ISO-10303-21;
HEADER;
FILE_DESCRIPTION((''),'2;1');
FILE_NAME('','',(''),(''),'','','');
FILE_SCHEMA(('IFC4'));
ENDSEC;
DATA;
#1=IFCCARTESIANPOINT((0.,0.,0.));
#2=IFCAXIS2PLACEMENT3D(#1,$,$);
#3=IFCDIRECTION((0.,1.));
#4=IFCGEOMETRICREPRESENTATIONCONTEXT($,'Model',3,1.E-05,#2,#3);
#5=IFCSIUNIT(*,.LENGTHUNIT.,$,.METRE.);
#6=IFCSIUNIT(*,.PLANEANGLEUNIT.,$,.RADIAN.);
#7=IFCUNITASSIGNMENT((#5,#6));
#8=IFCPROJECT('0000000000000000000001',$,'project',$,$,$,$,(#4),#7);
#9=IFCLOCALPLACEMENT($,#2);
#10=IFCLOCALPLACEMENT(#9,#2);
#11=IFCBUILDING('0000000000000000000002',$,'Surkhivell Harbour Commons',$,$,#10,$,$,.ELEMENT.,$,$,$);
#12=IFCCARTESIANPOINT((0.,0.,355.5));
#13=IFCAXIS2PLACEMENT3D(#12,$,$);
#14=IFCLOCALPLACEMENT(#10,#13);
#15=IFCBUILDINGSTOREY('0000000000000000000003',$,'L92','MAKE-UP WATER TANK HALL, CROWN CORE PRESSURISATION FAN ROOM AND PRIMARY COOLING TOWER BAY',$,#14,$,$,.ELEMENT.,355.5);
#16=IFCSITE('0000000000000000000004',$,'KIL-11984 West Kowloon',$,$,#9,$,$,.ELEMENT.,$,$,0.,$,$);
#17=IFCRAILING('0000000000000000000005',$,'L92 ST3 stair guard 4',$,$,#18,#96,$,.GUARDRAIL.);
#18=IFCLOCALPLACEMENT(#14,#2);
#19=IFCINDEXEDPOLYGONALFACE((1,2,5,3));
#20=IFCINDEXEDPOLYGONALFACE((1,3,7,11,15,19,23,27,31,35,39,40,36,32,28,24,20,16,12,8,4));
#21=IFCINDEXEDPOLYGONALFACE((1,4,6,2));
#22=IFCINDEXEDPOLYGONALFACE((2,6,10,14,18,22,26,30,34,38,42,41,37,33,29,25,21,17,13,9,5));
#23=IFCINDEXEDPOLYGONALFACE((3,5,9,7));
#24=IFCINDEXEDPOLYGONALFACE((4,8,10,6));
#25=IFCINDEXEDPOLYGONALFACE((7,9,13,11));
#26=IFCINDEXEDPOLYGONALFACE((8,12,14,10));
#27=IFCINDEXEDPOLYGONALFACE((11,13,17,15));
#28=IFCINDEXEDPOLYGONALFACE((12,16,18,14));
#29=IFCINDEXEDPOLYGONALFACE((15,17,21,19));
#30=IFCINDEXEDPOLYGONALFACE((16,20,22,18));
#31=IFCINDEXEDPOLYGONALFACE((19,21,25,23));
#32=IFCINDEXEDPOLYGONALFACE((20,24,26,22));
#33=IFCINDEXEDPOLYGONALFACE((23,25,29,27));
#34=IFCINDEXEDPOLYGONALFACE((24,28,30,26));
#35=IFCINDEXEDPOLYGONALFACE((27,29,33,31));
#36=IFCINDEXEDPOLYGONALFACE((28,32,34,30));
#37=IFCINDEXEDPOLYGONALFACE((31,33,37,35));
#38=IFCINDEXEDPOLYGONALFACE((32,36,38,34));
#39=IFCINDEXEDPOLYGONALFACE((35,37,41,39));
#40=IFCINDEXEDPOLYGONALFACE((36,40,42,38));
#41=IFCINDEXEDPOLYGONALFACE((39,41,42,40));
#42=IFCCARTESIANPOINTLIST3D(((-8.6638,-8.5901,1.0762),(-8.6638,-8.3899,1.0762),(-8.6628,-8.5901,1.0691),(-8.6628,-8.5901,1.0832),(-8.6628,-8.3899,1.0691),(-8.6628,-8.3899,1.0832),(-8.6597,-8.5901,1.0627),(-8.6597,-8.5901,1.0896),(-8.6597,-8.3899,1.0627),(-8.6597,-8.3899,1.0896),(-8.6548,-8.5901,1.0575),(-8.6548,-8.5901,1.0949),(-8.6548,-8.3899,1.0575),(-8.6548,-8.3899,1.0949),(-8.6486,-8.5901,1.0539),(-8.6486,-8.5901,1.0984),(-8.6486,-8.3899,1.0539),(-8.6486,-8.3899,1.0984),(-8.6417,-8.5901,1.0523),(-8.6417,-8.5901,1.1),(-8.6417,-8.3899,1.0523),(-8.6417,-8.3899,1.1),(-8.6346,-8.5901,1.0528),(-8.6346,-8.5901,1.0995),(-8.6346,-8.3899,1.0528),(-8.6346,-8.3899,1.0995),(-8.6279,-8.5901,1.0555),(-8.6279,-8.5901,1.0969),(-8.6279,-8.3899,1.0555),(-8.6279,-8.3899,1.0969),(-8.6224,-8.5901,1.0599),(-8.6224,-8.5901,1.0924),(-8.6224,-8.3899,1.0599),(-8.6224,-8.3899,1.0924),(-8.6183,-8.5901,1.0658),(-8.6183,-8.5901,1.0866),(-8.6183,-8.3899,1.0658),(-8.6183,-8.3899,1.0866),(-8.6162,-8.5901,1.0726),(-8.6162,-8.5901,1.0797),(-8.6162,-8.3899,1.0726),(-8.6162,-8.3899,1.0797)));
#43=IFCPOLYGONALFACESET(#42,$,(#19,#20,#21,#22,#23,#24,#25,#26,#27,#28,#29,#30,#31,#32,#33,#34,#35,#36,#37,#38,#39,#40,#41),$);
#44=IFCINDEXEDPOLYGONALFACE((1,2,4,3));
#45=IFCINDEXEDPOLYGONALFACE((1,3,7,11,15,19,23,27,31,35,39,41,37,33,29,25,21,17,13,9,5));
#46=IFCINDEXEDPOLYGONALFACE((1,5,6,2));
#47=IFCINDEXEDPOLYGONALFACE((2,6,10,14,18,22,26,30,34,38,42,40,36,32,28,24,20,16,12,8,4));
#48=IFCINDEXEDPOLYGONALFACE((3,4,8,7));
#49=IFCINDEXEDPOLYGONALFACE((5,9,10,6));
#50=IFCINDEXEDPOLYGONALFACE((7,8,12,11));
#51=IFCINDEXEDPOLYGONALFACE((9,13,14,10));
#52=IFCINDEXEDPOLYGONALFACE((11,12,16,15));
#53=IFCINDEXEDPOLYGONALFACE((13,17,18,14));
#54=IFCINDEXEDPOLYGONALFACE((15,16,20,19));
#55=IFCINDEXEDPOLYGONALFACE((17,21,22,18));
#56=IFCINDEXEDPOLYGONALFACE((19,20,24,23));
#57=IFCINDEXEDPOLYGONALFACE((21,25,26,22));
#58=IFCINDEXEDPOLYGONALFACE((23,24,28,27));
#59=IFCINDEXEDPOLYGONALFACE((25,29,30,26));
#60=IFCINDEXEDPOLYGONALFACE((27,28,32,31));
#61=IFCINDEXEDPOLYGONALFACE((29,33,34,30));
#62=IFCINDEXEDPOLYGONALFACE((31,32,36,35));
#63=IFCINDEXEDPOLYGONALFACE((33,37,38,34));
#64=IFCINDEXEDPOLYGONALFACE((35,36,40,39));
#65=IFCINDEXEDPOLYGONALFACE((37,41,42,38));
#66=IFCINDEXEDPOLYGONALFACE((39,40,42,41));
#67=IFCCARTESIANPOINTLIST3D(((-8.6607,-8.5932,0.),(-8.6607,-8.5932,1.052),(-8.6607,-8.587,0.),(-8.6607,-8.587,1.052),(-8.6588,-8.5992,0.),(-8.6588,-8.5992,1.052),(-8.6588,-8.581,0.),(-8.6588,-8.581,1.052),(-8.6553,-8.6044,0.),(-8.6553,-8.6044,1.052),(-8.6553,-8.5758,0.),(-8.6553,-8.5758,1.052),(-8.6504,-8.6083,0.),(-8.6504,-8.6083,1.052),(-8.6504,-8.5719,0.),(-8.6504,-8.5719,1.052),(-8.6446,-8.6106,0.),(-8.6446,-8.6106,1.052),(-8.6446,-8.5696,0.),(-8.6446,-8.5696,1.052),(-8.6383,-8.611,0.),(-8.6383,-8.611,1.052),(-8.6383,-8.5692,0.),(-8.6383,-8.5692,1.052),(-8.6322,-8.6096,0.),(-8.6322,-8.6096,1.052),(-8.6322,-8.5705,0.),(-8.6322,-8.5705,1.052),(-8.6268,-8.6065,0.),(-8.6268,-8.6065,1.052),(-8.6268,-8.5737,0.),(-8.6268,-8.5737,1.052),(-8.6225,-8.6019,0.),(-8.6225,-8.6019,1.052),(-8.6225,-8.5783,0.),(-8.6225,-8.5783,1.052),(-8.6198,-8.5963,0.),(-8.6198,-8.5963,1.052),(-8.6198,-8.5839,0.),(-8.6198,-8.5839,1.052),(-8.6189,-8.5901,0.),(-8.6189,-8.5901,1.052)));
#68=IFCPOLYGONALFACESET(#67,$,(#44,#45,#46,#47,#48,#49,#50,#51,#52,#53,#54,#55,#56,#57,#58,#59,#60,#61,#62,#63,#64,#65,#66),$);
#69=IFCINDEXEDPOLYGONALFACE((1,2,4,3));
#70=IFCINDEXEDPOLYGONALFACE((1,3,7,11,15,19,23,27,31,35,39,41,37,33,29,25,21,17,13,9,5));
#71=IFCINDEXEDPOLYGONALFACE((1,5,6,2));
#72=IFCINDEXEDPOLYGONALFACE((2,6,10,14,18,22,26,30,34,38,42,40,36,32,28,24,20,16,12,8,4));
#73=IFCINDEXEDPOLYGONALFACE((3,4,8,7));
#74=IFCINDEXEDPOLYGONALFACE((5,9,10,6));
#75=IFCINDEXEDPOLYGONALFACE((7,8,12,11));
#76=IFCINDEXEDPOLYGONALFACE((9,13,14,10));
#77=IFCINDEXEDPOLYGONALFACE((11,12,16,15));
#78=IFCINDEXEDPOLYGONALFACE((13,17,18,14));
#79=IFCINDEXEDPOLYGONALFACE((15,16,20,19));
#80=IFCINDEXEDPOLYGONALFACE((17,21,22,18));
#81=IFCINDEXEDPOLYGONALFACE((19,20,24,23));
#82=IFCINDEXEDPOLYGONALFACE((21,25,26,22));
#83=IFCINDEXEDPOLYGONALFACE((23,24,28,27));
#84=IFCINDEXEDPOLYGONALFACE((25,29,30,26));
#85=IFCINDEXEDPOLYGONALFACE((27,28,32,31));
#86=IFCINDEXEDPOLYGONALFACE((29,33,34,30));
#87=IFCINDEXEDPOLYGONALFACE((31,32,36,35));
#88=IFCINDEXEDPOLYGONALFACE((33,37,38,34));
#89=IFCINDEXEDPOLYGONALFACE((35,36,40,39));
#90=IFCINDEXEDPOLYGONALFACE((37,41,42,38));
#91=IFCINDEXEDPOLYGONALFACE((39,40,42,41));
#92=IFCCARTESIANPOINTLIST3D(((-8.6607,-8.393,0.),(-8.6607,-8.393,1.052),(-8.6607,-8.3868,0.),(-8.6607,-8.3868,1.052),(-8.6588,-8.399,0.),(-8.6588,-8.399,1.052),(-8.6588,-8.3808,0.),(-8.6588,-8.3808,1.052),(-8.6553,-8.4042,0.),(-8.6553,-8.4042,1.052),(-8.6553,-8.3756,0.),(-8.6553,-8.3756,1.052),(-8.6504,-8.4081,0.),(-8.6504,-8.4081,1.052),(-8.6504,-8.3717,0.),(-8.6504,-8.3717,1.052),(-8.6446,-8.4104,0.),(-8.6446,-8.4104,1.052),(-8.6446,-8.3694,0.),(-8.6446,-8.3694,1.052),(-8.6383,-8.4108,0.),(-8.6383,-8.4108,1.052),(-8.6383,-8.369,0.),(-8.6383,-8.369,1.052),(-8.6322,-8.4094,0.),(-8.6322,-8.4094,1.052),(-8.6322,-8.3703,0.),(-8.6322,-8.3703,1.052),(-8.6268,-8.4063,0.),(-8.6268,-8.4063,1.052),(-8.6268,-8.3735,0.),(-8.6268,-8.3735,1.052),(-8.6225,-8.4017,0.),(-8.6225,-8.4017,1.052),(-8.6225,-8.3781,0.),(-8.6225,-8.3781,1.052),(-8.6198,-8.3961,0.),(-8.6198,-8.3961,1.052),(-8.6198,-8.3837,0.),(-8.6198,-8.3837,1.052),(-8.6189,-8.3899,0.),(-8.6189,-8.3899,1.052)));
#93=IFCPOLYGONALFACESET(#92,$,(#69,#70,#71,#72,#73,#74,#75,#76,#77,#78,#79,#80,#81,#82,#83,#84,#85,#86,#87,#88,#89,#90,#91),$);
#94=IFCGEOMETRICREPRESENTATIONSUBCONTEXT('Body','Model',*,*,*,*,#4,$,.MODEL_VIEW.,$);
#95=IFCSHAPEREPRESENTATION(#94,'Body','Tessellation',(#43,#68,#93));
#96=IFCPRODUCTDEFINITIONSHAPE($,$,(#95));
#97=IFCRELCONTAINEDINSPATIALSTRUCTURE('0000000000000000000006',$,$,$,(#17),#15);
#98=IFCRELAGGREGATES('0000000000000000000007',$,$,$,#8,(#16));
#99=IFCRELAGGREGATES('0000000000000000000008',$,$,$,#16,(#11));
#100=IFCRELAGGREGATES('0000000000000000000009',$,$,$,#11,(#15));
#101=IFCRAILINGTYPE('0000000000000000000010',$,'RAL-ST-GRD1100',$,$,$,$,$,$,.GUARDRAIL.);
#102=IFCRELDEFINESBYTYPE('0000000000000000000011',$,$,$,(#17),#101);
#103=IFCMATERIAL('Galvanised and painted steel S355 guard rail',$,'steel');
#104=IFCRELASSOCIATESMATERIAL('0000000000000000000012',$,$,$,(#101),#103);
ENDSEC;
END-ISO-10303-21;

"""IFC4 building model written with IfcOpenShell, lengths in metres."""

from ifc_helpers import new_model, si_unit, direction, frame, origin, origin_2d, place, context, subcontext, project, spatial, circle, extrude, material, type_object, element, save


model = new_model("IFC4")

# Units and contexts
model_context = context("Model", 3, precision=1e-05, world=origin(), true_north=direction((0.0, 1.0)))
body_context = subcontext(model_context, "Body", "Model", "MODEL_VIEW")
ifc_project = project(units=[si_unit("LENGTHUNIT", "METRE"), si_unit("PLANEANGLEUNIT", "RADIAN")], contexts=[model_context])

# Site, building, storey
site_placement = place(None, origin())
site = spatial("IfcSite", under=ifc_project, at=site_placement, Name="KIL-11984 West Kowloon", CompositionType="ELEMENT", RefElevation=0.0)
building_placement = place(site_placement, origin())
building = spatial("IfcBuilding", under=site, at=building_placement, Name="Surkhivell Harbour Commons", CompositionType="ELEMENT")
storey_placement = place(building_placement, frame((0.0, 0.0, 355.5)))
storey = spatial("IfcBuildingStorey", under=building, at=storey_placement, Name="L92", Description="MAKE-UP WATER TANK HALL, CROWN CORE PRESSURISATION FAN ROOM AND PRIMARY COOLING TOWER BAY", CompositionType="ELEMENT", Elevation=355.5)

# Railing
ifc_material_1 = material(Name="Galvanised and painted steel S355 guard rail", Category="steel")
railing_type_1 = type_object("IfcRailingType", Name="RAL-ST-GRD1100", PredefinedType="GUARDRAIL", material=ifc_material_1)
railing_1_placement = place(storey_placement, frame((-8.6399, -8.5901, 0.0)))
element("IfcRailing", 1, at=railing_1_placement, inside=storey, type_object=railing_type_1, Name="L92 ST3 stair guard 4", PredefinedType="GUARDRAIL", context=body_context, shape_type="SweptSolid", body=[
    extrude(circle(Radius=0.0239, at=origin_2d()), frame((0.0, 0.0, 1.0762), z_axis=(0.0, 1.0, 0.0), x_axis=(-1.0, 0.0, 0.0)), (0.0, 0.0, 1.0), 0.2002),
    extrude(circle(Radius=0.021, at=origin_2d()), origin(), (0.0, 0.0, 1.0), 1.052),
    extrude(circle(Radius=0.021, at=origin_2d()), frame((0.0, 0.2002, 0.0)), (0.0, 0.0, 1.0), 1.052),
])

save(model, "model.ifc")
